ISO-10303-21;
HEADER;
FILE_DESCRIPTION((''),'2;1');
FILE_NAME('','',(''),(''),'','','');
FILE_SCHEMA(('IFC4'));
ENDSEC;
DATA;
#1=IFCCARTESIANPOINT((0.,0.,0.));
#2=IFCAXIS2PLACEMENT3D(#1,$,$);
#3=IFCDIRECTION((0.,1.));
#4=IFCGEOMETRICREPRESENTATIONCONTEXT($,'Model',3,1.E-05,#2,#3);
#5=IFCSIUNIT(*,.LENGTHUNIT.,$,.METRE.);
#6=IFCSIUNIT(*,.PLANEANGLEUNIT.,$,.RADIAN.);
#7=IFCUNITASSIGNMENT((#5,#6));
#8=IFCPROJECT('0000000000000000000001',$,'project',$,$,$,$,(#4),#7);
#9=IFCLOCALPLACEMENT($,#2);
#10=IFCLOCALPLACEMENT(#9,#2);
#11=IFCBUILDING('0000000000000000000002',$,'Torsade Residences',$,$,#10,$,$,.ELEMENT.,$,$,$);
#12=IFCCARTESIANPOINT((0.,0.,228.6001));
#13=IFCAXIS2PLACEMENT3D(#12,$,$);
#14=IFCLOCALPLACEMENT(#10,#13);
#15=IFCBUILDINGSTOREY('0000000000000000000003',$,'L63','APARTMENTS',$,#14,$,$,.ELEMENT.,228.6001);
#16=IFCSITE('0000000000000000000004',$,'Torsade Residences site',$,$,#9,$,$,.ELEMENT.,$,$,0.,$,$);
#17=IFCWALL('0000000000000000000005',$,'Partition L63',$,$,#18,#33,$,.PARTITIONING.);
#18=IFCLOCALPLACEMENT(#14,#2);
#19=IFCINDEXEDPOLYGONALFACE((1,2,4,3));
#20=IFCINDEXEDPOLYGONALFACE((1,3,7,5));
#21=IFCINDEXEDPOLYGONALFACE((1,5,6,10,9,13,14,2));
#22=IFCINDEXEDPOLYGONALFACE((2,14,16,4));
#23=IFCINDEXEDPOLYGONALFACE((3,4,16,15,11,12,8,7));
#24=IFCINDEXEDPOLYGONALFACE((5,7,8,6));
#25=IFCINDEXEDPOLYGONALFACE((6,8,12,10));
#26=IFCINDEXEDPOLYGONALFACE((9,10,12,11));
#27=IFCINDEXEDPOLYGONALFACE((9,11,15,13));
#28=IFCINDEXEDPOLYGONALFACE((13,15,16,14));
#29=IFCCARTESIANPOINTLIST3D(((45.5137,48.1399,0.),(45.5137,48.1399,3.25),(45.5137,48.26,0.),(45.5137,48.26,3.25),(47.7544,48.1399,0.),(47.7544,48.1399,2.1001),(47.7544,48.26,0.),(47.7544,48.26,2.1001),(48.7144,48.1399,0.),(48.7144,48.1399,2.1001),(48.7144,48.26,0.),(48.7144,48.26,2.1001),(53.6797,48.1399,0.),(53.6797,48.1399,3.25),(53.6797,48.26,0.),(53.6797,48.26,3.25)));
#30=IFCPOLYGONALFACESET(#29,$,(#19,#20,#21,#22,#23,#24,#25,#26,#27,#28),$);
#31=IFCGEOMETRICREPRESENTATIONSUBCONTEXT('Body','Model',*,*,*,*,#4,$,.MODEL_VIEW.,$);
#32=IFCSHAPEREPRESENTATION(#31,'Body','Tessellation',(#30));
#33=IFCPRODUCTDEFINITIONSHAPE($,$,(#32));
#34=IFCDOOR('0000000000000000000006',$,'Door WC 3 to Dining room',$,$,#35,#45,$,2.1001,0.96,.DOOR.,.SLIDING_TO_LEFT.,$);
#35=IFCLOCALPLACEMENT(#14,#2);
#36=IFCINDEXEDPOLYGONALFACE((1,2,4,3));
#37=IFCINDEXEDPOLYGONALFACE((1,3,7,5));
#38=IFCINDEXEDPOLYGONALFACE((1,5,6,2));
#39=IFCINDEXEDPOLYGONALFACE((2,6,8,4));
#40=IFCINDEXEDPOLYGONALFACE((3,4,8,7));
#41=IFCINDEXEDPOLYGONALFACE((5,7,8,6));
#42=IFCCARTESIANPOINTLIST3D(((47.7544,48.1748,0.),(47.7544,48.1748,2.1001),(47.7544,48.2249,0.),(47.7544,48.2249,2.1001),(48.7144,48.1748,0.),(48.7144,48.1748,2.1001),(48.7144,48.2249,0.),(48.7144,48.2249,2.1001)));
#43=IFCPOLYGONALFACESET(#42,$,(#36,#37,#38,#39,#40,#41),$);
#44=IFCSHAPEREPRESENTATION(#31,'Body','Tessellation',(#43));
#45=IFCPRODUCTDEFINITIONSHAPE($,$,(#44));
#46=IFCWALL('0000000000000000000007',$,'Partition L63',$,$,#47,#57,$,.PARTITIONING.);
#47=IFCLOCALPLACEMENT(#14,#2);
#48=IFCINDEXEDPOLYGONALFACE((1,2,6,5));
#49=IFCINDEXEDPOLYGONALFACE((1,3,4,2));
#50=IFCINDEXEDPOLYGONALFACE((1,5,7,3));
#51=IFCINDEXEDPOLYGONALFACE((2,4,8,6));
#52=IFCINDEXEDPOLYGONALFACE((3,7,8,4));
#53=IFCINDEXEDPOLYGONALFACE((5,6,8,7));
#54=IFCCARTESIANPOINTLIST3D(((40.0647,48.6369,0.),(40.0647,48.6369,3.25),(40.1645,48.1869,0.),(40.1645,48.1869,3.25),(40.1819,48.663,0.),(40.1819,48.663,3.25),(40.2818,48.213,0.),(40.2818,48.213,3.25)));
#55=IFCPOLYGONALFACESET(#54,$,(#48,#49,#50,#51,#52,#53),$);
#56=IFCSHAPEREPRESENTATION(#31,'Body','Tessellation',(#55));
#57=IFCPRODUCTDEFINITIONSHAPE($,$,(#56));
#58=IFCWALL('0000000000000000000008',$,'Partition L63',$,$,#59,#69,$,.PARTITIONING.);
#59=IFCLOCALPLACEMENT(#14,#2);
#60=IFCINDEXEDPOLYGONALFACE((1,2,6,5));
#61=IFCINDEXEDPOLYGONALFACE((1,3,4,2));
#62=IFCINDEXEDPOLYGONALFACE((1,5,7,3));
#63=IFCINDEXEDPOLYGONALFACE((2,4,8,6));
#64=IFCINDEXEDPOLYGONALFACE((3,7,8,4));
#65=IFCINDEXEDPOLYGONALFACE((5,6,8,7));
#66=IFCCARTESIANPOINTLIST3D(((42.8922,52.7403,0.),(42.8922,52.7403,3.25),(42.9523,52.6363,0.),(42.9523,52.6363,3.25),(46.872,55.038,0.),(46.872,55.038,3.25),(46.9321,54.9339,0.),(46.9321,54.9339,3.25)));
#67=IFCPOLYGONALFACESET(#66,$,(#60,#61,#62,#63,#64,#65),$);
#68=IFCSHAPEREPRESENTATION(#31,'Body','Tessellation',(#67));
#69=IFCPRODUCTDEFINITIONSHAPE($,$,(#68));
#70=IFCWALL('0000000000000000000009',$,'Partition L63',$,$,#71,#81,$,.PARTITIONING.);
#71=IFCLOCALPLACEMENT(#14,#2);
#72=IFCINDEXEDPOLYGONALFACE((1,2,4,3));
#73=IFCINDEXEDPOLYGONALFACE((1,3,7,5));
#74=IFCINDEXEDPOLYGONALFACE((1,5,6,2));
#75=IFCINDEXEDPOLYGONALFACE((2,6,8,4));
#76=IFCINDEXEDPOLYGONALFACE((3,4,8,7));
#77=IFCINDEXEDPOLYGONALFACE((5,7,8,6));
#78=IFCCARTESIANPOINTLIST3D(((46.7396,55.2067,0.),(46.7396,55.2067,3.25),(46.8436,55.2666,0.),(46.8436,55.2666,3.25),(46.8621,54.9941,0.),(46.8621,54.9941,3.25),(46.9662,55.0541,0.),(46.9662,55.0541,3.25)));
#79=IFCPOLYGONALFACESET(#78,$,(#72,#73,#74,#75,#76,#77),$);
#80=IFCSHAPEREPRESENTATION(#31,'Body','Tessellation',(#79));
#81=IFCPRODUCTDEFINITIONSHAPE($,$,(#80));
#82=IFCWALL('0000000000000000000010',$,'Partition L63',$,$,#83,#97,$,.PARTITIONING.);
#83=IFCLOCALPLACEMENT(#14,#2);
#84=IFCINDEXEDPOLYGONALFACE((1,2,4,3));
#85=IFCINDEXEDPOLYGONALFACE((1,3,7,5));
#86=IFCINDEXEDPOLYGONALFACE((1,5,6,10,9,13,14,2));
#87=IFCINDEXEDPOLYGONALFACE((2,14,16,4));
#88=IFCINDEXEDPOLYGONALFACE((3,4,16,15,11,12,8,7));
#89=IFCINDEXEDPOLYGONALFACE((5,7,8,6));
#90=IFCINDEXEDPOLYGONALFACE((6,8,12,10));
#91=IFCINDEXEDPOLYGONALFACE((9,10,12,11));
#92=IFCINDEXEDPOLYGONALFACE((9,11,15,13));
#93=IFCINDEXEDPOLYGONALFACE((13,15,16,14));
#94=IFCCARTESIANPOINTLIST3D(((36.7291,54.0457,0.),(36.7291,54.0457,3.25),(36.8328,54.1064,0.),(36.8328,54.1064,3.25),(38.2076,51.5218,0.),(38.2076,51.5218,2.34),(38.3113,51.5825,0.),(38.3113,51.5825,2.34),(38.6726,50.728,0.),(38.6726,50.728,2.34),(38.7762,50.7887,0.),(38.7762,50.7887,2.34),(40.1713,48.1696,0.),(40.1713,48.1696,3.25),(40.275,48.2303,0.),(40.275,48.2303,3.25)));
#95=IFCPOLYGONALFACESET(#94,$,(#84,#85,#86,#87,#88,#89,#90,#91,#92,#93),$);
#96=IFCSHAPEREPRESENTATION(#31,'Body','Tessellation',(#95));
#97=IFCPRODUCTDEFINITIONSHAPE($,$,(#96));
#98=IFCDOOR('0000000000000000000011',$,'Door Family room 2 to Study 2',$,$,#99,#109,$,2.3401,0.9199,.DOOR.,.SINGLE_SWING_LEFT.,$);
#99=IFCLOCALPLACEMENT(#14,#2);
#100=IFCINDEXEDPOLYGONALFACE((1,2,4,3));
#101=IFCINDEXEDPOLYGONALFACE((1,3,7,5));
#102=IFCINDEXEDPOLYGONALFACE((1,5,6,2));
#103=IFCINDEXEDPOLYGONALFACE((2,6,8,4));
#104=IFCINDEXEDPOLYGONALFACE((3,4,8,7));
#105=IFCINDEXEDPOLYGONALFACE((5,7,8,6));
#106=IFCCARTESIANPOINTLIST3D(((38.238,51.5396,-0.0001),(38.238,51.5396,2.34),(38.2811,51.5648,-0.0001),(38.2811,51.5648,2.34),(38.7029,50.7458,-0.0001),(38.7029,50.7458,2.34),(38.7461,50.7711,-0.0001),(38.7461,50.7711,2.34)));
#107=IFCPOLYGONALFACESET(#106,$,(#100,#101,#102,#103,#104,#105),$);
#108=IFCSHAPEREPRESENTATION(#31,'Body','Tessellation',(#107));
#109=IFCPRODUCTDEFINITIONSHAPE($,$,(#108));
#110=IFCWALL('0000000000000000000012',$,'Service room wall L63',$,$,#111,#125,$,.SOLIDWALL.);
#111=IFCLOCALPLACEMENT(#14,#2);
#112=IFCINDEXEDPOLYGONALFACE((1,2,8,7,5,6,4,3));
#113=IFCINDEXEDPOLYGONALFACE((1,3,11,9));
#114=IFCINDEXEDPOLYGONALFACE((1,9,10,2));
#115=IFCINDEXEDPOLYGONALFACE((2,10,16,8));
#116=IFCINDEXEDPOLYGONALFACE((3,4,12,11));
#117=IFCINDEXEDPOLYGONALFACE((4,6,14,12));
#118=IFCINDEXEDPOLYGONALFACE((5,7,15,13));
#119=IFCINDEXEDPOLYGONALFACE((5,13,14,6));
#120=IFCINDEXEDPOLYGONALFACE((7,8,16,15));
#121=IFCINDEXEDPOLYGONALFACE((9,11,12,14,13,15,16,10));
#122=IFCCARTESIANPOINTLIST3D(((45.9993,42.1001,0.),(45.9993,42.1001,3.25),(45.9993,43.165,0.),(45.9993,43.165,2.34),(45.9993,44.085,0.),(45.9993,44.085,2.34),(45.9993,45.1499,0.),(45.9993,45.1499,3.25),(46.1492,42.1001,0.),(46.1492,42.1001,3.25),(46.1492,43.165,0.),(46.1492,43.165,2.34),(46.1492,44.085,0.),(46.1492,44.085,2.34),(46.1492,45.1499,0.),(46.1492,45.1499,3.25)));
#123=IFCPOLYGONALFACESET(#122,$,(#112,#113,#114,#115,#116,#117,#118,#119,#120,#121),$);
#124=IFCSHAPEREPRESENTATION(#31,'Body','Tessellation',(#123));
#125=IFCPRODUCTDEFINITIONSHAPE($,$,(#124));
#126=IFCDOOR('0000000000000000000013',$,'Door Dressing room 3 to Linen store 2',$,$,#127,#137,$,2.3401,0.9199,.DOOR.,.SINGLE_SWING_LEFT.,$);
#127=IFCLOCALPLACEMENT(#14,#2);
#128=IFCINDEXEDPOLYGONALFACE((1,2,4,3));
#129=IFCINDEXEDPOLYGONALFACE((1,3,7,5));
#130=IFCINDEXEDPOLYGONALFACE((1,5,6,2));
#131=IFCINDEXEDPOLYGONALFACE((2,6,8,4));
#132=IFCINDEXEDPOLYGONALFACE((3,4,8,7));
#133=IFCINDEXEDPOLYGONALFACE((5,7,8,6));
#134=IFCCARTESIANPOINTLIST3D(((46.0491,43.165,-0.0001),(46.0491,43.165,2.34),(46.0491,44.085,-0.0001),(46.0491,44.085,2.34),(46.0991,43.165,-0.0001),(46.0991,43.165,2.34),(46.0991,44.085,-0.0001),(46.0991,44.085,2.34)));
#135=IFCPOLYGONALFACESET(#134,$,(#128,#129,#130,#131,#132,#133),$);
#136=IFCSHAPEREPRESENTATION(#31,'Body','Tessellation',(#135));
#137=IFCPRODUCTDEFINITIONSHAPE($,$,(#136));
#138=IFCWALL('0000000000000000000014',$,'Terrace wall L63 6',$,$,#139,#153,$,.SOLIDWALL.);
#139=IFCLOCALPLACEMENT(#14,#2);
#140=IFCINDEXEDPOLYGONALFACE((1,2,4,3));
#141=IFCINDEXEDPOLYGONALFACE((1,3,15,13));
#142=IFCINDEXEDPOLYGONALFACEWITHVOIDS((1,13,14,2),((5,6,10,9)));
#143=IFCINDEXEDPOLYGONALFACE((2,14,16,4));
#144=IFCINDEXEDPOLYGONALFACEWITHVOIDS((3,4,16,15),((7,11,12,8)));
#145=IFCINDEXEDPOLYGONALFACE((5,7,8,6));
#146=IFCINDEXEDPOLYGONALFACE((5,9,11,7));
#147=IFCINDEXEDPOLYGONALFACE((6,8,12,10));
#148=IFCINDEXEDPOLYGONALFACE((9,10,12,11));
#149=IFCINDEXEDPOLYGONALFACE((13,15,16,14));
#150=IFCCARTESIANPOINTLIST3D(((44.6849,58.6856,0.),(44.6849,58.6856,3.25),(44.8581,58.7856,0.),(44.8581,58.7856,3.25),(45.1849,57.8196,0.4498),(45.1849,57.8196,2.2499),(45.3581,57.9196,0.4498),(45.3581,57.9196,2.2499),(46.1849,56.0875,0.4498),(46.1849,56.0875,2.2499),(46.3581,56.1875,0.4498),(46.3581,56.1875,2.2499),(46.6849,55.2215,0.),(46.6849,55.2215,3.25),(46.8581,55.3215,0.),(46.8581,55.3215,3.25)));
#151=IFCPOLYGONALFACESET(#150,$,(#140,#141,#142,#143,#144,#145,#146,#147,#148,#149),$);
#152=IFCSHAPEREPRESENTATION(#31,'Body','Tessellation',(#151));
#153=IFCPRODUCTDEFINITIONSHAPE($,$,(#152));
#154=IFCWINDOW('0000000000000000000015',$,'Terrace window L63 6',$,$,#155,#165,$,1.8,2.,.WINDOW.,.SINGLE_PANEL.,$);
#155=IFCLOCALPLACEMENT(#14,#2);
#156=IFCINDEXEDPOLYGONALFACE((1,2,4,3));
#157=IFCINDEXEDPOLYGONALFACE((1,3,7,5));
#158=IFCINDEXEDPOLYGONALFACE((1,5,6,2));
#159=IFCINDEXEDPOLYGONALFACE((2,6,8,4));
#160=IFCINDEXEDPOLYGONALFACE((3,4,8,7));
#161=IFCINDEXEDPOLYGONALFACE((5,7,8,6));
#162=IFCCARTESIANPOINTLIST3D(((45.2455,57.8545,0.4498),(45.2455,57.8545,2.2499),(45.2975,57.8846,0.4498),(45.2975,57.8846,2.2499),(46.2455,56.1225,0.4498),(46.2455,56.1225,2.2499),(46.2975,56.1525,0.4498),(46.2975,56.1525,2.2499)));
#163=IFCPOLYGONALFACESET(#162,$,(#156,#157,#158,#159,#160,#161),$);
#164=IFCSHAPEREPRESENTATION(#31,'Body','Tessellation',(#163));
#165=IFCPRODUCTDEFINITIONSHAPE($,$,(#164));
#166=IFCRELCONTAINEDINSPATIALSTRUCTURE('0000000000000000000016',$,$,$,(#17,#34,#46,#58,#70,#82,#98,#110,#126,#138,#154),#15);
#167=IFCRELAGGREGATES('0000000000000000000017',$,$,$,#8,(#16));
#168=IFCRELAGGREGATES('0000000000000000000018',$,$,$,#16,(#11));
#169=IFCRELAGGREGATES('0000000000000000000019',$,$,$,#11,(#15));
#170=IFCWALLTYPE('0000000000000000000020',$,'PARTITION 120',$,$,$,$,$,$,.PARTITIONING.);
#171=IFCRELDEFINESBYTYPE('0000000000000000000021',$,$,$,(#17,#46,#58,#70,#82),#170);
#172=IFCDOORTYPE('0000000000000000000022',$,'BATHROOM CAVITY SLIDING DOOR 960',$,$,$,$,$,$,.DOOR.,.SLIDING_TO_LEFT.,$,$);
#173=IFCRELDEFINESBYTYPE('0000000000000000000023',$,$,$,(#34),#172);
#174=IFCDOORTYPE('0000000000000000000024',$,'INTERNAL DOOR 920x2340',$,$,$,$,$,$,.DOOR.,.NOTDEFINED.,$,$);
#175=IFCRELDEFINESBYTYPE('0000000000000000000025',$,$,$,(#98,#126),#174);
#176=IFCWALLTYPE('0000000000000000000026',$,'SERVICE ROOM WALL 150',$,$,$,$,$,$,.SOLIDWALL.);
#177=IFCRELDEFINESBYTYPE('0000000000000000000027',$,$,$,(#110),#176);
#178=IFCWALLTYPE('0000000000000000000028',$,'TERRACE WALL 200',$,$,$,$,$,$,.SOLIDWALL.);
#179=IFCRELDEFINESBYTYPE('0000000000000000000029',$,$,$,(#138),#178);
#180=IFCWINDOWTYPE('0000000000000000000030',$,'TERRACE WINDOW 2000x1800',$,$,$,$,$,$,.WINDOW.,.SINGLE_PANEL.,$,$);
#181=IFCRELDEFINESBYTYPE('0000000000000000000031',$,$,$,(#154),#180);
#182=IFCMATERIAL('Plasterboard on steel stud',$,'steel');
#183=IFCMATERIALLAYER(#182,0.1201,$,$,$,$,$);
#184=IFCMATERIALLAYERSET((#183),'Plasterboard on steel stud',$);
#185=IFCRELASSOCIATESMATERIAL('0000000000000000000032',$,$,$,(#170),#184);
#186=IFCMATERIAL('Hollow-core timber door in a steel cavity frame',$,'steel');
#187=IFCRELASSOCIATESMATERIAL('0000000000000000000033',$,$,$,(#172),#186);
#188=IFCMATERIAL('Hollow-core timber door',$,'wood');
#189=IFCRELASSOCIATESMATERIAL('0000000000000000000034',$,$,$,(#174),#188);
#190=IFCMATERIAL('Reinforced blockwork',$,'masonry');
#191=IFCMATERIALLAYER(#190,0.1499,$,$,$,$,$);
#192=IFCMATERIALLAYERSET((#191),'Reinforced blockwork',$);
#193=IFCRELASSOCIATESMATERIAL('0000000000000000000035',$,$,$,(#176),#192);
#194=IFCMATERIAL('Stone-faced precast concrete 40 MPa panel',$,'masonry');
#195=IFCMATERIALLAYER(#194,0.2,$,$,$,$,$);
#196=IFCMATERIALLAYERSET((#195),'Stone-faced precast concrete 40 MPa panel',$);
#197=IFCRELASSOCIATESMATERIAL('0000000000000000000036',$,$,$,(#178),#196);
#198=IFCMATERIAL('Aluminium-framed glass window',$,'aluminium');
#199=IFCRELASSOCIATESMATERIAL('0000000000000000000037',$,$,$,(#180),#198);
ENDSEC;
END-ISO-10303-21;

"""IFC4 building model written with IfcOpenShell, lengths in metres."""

from ifc_helpers import new_model, si_unit, direction, frame, frame_2d, origin, place, context, subcontext, project, spatial, rectangle, extrude, material, layer, layer_set, type_object, element, fill, save


model = new_model("IFC4")

# Units and contexts
model_context = context("Model", 3, precision=1e-05, world=origin(), true_north=direction((0.0, 1.0)))
body_context = subcontext(model_context, "Body", "Model", "MODEL_VIEW")
ifc_project = project(units=[si_unit("LENGTHUNIT", "METRE"), si_unit("PLANEANGLEUNIT", "RADIAN")], contexts=[model_context])

# Site, building, storey
site_placement = place(None, origin())
site = spatial("IfcSite", under=ifc_project, at=site_placement, Name="Torsade Residences site", CompositionType="ELEMENT", RefElevation=0.0)
building_placement = place(site_placement, origin())
building = spatial("IfcBuilding", under=site, at=building_placement, Name="Torsade Residences", CompositionType="ELEMENT")
storey_placement = place(building_placement, frame((0.0, 0.0, 228.6001)))
storey = spatial("IfcBuildingStorey", under=building, at=storey_placement, Name="L63", Description="APARTMENTS", CompositionType="ELEMENT", Elevation=228.6001)

# Shared definitions
ifc_material_1 = material(Name="Plasterboard on steel stud", Category="steel")
ifc_layer_1 = layer(ifc_material_1, 0.1201)
ifc_layer_set_1 = layer_set([ifc_layer_1], Name="Plasterboard on steel stud")
wall_type_1 = type_object("IfcWallType", Name="PARTITION 120", PredefinedType="PARTITIONING", material=ifc_layer_set_1)
ifc_material_2 = material(Name="Hollow-core timber door in a steel cavity frame", Category="steel")
door_type_1 = type_object("IfcDoorType", Name="BATHROOM CAVITY SLIDING DOOR 960", OperationType="SLIDING_TO_LEFT", PredefinedType="DOOR", material=ifc_material_2)

# Shared definitions
ifc_material_3 = material(Name="Hollow-core timber door", Category="wood")
door_type_2 = type_object("IfcDoorType", Name="INTERNAL DOOR 920x2340", OperationType="NOTDEFINED", PredefinedType="DOOR", material=ifc_material_3)

# Wall, opening, door
wall_1_placement = place(storey_placement, frame((45.5137, 48.2, 0.0), z_axis=(0.0, 0.0, 1.0), x_axis=(1.0, 0.0, 0.0)))
wall_1 = element("IfcWall", 1, at=wall_1_placement, inside=storey, type_object=wall_type_1, Name="Partition L63", PredefinedType="PARTITIONING", context=body_context, shape_type="SweptSolid", body=[
    extrude(rectangle(XDim=8.166, YDim=0.1201, at=frame_2d((4.083, 0.0))), origin(), (0.0, 0.0, 1.0), 3.25),
])
opening_1_placement = place(wall_1_placement, frame((2.2407, 0.0, 0.0)))
opening_1 = element("IfcOpeningElement", 2, at=opening_1_placement, cuts=wall_1, PredefinedType="OPENING", context=body_context, shape_type="SweptSolid", body=[
    extrude(rectangle(XDim=0.96, YDim=2.1001, at=frame_2d((0.48, 1.05))), frame((0.0, 0.0701, 0.0), z_axis=(0.0, -1.0, 0.0), x_axis=(1.0, 0.0, 0.0)), (0.0, 0.0, 1.0), 0.1401),
])
door_1_placement = place(opening_1_placement, origin())
door_1 = element("IfcDoor", 3, at=door_1_placement, inside=storey, type_object=door_type_1, Name="Door WC 3 to Dining room", OperationType="SLIDING_TO_LEFT", OverallHeight=2.1001, OverallWidth=0.96, PredefinedType="DOOR", context=body_context, shape_type="SweptSolid", body=[
    extrude(rectangle(XDim=0.96, YDim=2.1001, at=frame_2d((0.48, 1.05))), frame((0.0, 0.0249, 0.0), z_axis=(0.0, -1.0, 0.0), x_axis=(1.0, 0.0, 0.0)), (0.0, 0.0, 1.0), 0.05),
])
fill(opening_1, door_1)

# Walls
wall_2_placement = place(storey_placement, frame((40.2231, 48.2, 0.0), z_axis=(0.0, 0.0, 1.0), x_axis=(-0.21665, 0.976249, 0.0)))
element("IfcWall", 4, at=wall_2_placement, inside=storey, type_object=wall_type_1, Name="Partition L63", PredefinedType="PARTITIONING", context=body_context, shape_type="SweptSolid", body=[
    extrude(rectangle(XDim=0.4609, YDim=0.1201, at=frame_2d((0.2305, 0.0))), origin(), (0.0, 0.0, 1.0), 3.25),
])
wall_3_placement = place(storey_placement, frame((42.9221, 52.6882, 0.0), z_axis=(0.0, 0.0, 1.0), x_axis=(0.866034, 0.499985, 0.0)))
element("IfcWall", 5, at=wall_3_placement, inside=storey, type_object=wall_type_1, Name="Partition L63", PredefinedType="PARTITIONING", context=body_context, shape_type="SweptSolid", body=[
    extrude(rectangle(XDim=4.5955, YDim=0.1201, at=frame_2d((2.2979, 0.0))), origin(), (0.0, 0.0, 1.0), 3.25),
])
wall_4_placement = place(storey_placement, frame((46.9141, 55.0242, 0.0), z_axis=(0.0, 0.0, 1.0), x_axis=(-0.499349, 0.866401, 0.0)))
element("IfcWall", 6, at=wall_4_placement, inside=storey, type_object=wall_type_1, Name="Partition L63", PredefinedType="PARTITIONING", context=body_context, shape_type="SweptSolid", body=[
    extrude(rectangle(XDim=0.2454, YDim=0.1201, at=frame_2d((0.1226, 0.0))), origin(), (0.0, 0.0, 1.0), 3.25),
])

# Walls, openings, doors
wall_5_placement = place(storey_placement, frame((40.2231, 48.2, 0.0), z_axis=(0.0, 0.0, 1.0), x_axis=(-0.505457, 0.862852, 0.0)))
wall_5 = element("IfcWall", 7, at=wall_5_placement, inside=storey, type_object=wall_type_1, Name="Partition L63", PredefinedType="PARTITIONING", context=body_context, shape_type="SweptSolid", body=[
    extrude(rectangle(XDim=6.8101, YDim=0.1201, at=frame_2d((3.405, 0.0))), origin(), (0.0, 0.0, 1.0), 3.25),
])
opening_2_placement = place(wall_5_placement, frame((2.9651, 0.0, 0.0)))
opening_2 = element("IfcOpeningElement", 8, at=opening_2_placement, cuts=wall_5, PredefinedType="OPENING", context=body_context, shape_type="SweptSolid", body=[
    extrude(rectangle(XDim=0.9199, YDim=2.3401, at=frame_2d((0.46, 1.1699))), frame((0.0, 0.0701, 0.0), z_axis=(0.0, -1.0, 0.0), x_axis=(1.0, 0.0, 0.0)), (0.0, 0.0, 1.0), 0.1401),
])
door_2_placement = place(opening_2_placement, origin())
door_2 = element("IfcDoor", 9, at=door_2_placement, inside=storey, type_object=door_type_2, Name="Door Family room 2 to Study 2", OperationType="SINGLE_SWING_LEFT", OverallHeight=2.3401, OverallWidth=0.9199, PredefinedType="DOOR", context=body_context, shape_type="SweptSolid", body=[
    extrude(rectangle(XDim=0.9199, YDim=2.3401, at=frame_2d((0.46, 1.1699))), frame((0.0, 0.0249, 0.0), z_axis=(0.0, -1.0, 0.0), x_axis=(1.0, 0.0, 0.0)), (0.0, 0.0, 1.0), 0.05),
])
fill(opening_2, door_2)
ifc_material_4 = material(Name="Reinforced blockwork", Category="masonry")
ifc_layer_2 = layer(ifc_material_4, 0.1499)
ifc_layer_set_2 = layer_set([ifc_layer_2], Name="Reinforced blockwork")
wall_type_2 = type_object("IfcWallType", Name="SERVICE ROOM WALL 150", PredefinedType="SOLIDWALL", material=ifc_layer_set_2)
wall_6_placement = place(storey_placement, frame((46.0742, 45.1499, 0.0), z_axis=(0.0, 0.0, 1.0), x_axis=(0.0, -1.0, 0.0)))
wall_6 = element("IfcWall", 10, at=wall_6_placement, inside=storey, type_object=wall_type_2, Name="Service room wall L63", PredefinedType="SOLIDWALL", context=body_context, shape_type="SweptSolid", body=[
    extrude(rectangle(XDim=3.0498, YDim=0.1499, at=frame_2d((1.5249, 0.0))), origin(), (0.0, 0.0, 1.0), 3.25),
])
opening_3_placement = place(wall_6_placement, frame((1.0649, 0.0, 0.0)))
opening_3 = element("IfcOpeningElement", 11, at=opening_3_placement, cuts=wall_6, PredefinedType="OPENING", context=body_context, shape_type="SweptSolid", body=[
    extrude(rectangle(XDim=0.9199, YDim=2.3401, at=frame_2d((0.46, 1.1699))), frame((0.0, 0.085, 0.0), z_axis=(0.0, -1.0, 0.0), x_axis=(1.0, 0.0, 0.0)), (0.0, 0.0, 1.0), 0.1699),
])
door_3_placement = place(opening_3_placement, origin())
door_3 = element("IfcDoor", 12, at=door_3_placement, inside=storey, type_object=door_type_2, Name="Door Dressing room 3 to Linen store 2", OperationType="SINGLE_SWING_LEFT", OverallHeight=2.3401, OverallWidth=0.9199, PredefinedType="DOOR", context=body_context, shape_type="SweptSolid", body=[
    extrude(rectangle(XDim=0.9199, YDim=2.3401, at=frame_2d((0.46, 1.1699))), frame((0.0, 0.0249, 0.0), z_axis=(0.0, -1.0, 0.0), x_axis=(1.0, 0.0, 0.0)), (0.0, 0.0, 1.0), 0.05),
])
fill(opening_3, door_3)

# Wall, opening, window
ifc_material_5 = material(Name="Stone-faced precast concrete 40 MPa panel", Category="masonry")
ifc_layer_3 = layer(ifc_material_5, 0.2)
ifc_layer_set_3 = layer_set([ifc_layer_3], Name="Stone-faced precast concrete 40 MPa panel")
wall_type_3 = type_object("IfcWallType", Name="TERRACE WALL 200", PredefinedType="SOLIDWALL", material=ifc_layer_set_3)
wall_7_placement = place(storey_placement, frame((46.7715, 55.2715, 0.0), z_axis=(0.0, 0.0, 1.0), x_axis=(-0.499999, 0.866026, 0.0)))
wall_7 = element("IfcWall", 13, at=wall_7_placement, inside=storey, type_object=wall_type_3, Name="Terrace wall L63 6", PredefinedType="SOLIDWALL", context=body_context, shape_type="SweptSolid", body=[
    extrude(rectangle(XDim=4.0, YDim=0.2, at=frame_2d((2.0, 0.0))), origin(), (0.0, 0.0, 1.0), 3.25),
])
opening_4_placement = place(wall_7_placement, frame((1.0, 0.0, 0.45)))
opening_4 = element("IfcOpeningElement", 14, at=opening_4_placement, cuts=wall_7, PredefinedType="OPENING", context=body_context, shape_type="SweptSolid", body=[
    extrude(rectangle(XDim=2.0, YDim=1.8, at=frame_2d((1.0, 0.8999))), frame((0.0, 0.1099, 0.0), z_axis=(0.0, -1.0, 0.0), x_axis=(1.0, 0.0, 0.0)), (0.0, 0.0, 1.0), 0.22),
])
ifc_material_6 = material(Name="Aluminium-framed glass window", Category="aluminium")
window_type = type_object("IfcWindowType", Name="TERRACE WINDOW 2000x1800", PartitioningType="SINGLE_PANEL", PredefinedType="WINDOW", material=ifc_material_6)
window_placement = place(opening_4_placement, origin())
window = element("IfcWindow", 15, at=window_placement, inside=storey, type_object=window_type, Name="Terrace window L63 6", OverallHeight=1.8, OverallWidth=2.0, PartitioningType="SINGLE_PANEL", PredefinedType="WINDOW", context=body_context, shape_type="SweptSolid", body=[
    extrude(rectangle(XDim=2.0, YDim=1.8, at=frame_2d((1.0, 0.8999))), frame((0.0, 0.03, 0.0), z_axis=(0.0, -1.0, 0.0), x_axis=(1.0, 0.0, 0.0)), (0.0, 0.0, 1.0), 0.0601),
])
fill(opening_4, window)

save(model, "model.ifc")
